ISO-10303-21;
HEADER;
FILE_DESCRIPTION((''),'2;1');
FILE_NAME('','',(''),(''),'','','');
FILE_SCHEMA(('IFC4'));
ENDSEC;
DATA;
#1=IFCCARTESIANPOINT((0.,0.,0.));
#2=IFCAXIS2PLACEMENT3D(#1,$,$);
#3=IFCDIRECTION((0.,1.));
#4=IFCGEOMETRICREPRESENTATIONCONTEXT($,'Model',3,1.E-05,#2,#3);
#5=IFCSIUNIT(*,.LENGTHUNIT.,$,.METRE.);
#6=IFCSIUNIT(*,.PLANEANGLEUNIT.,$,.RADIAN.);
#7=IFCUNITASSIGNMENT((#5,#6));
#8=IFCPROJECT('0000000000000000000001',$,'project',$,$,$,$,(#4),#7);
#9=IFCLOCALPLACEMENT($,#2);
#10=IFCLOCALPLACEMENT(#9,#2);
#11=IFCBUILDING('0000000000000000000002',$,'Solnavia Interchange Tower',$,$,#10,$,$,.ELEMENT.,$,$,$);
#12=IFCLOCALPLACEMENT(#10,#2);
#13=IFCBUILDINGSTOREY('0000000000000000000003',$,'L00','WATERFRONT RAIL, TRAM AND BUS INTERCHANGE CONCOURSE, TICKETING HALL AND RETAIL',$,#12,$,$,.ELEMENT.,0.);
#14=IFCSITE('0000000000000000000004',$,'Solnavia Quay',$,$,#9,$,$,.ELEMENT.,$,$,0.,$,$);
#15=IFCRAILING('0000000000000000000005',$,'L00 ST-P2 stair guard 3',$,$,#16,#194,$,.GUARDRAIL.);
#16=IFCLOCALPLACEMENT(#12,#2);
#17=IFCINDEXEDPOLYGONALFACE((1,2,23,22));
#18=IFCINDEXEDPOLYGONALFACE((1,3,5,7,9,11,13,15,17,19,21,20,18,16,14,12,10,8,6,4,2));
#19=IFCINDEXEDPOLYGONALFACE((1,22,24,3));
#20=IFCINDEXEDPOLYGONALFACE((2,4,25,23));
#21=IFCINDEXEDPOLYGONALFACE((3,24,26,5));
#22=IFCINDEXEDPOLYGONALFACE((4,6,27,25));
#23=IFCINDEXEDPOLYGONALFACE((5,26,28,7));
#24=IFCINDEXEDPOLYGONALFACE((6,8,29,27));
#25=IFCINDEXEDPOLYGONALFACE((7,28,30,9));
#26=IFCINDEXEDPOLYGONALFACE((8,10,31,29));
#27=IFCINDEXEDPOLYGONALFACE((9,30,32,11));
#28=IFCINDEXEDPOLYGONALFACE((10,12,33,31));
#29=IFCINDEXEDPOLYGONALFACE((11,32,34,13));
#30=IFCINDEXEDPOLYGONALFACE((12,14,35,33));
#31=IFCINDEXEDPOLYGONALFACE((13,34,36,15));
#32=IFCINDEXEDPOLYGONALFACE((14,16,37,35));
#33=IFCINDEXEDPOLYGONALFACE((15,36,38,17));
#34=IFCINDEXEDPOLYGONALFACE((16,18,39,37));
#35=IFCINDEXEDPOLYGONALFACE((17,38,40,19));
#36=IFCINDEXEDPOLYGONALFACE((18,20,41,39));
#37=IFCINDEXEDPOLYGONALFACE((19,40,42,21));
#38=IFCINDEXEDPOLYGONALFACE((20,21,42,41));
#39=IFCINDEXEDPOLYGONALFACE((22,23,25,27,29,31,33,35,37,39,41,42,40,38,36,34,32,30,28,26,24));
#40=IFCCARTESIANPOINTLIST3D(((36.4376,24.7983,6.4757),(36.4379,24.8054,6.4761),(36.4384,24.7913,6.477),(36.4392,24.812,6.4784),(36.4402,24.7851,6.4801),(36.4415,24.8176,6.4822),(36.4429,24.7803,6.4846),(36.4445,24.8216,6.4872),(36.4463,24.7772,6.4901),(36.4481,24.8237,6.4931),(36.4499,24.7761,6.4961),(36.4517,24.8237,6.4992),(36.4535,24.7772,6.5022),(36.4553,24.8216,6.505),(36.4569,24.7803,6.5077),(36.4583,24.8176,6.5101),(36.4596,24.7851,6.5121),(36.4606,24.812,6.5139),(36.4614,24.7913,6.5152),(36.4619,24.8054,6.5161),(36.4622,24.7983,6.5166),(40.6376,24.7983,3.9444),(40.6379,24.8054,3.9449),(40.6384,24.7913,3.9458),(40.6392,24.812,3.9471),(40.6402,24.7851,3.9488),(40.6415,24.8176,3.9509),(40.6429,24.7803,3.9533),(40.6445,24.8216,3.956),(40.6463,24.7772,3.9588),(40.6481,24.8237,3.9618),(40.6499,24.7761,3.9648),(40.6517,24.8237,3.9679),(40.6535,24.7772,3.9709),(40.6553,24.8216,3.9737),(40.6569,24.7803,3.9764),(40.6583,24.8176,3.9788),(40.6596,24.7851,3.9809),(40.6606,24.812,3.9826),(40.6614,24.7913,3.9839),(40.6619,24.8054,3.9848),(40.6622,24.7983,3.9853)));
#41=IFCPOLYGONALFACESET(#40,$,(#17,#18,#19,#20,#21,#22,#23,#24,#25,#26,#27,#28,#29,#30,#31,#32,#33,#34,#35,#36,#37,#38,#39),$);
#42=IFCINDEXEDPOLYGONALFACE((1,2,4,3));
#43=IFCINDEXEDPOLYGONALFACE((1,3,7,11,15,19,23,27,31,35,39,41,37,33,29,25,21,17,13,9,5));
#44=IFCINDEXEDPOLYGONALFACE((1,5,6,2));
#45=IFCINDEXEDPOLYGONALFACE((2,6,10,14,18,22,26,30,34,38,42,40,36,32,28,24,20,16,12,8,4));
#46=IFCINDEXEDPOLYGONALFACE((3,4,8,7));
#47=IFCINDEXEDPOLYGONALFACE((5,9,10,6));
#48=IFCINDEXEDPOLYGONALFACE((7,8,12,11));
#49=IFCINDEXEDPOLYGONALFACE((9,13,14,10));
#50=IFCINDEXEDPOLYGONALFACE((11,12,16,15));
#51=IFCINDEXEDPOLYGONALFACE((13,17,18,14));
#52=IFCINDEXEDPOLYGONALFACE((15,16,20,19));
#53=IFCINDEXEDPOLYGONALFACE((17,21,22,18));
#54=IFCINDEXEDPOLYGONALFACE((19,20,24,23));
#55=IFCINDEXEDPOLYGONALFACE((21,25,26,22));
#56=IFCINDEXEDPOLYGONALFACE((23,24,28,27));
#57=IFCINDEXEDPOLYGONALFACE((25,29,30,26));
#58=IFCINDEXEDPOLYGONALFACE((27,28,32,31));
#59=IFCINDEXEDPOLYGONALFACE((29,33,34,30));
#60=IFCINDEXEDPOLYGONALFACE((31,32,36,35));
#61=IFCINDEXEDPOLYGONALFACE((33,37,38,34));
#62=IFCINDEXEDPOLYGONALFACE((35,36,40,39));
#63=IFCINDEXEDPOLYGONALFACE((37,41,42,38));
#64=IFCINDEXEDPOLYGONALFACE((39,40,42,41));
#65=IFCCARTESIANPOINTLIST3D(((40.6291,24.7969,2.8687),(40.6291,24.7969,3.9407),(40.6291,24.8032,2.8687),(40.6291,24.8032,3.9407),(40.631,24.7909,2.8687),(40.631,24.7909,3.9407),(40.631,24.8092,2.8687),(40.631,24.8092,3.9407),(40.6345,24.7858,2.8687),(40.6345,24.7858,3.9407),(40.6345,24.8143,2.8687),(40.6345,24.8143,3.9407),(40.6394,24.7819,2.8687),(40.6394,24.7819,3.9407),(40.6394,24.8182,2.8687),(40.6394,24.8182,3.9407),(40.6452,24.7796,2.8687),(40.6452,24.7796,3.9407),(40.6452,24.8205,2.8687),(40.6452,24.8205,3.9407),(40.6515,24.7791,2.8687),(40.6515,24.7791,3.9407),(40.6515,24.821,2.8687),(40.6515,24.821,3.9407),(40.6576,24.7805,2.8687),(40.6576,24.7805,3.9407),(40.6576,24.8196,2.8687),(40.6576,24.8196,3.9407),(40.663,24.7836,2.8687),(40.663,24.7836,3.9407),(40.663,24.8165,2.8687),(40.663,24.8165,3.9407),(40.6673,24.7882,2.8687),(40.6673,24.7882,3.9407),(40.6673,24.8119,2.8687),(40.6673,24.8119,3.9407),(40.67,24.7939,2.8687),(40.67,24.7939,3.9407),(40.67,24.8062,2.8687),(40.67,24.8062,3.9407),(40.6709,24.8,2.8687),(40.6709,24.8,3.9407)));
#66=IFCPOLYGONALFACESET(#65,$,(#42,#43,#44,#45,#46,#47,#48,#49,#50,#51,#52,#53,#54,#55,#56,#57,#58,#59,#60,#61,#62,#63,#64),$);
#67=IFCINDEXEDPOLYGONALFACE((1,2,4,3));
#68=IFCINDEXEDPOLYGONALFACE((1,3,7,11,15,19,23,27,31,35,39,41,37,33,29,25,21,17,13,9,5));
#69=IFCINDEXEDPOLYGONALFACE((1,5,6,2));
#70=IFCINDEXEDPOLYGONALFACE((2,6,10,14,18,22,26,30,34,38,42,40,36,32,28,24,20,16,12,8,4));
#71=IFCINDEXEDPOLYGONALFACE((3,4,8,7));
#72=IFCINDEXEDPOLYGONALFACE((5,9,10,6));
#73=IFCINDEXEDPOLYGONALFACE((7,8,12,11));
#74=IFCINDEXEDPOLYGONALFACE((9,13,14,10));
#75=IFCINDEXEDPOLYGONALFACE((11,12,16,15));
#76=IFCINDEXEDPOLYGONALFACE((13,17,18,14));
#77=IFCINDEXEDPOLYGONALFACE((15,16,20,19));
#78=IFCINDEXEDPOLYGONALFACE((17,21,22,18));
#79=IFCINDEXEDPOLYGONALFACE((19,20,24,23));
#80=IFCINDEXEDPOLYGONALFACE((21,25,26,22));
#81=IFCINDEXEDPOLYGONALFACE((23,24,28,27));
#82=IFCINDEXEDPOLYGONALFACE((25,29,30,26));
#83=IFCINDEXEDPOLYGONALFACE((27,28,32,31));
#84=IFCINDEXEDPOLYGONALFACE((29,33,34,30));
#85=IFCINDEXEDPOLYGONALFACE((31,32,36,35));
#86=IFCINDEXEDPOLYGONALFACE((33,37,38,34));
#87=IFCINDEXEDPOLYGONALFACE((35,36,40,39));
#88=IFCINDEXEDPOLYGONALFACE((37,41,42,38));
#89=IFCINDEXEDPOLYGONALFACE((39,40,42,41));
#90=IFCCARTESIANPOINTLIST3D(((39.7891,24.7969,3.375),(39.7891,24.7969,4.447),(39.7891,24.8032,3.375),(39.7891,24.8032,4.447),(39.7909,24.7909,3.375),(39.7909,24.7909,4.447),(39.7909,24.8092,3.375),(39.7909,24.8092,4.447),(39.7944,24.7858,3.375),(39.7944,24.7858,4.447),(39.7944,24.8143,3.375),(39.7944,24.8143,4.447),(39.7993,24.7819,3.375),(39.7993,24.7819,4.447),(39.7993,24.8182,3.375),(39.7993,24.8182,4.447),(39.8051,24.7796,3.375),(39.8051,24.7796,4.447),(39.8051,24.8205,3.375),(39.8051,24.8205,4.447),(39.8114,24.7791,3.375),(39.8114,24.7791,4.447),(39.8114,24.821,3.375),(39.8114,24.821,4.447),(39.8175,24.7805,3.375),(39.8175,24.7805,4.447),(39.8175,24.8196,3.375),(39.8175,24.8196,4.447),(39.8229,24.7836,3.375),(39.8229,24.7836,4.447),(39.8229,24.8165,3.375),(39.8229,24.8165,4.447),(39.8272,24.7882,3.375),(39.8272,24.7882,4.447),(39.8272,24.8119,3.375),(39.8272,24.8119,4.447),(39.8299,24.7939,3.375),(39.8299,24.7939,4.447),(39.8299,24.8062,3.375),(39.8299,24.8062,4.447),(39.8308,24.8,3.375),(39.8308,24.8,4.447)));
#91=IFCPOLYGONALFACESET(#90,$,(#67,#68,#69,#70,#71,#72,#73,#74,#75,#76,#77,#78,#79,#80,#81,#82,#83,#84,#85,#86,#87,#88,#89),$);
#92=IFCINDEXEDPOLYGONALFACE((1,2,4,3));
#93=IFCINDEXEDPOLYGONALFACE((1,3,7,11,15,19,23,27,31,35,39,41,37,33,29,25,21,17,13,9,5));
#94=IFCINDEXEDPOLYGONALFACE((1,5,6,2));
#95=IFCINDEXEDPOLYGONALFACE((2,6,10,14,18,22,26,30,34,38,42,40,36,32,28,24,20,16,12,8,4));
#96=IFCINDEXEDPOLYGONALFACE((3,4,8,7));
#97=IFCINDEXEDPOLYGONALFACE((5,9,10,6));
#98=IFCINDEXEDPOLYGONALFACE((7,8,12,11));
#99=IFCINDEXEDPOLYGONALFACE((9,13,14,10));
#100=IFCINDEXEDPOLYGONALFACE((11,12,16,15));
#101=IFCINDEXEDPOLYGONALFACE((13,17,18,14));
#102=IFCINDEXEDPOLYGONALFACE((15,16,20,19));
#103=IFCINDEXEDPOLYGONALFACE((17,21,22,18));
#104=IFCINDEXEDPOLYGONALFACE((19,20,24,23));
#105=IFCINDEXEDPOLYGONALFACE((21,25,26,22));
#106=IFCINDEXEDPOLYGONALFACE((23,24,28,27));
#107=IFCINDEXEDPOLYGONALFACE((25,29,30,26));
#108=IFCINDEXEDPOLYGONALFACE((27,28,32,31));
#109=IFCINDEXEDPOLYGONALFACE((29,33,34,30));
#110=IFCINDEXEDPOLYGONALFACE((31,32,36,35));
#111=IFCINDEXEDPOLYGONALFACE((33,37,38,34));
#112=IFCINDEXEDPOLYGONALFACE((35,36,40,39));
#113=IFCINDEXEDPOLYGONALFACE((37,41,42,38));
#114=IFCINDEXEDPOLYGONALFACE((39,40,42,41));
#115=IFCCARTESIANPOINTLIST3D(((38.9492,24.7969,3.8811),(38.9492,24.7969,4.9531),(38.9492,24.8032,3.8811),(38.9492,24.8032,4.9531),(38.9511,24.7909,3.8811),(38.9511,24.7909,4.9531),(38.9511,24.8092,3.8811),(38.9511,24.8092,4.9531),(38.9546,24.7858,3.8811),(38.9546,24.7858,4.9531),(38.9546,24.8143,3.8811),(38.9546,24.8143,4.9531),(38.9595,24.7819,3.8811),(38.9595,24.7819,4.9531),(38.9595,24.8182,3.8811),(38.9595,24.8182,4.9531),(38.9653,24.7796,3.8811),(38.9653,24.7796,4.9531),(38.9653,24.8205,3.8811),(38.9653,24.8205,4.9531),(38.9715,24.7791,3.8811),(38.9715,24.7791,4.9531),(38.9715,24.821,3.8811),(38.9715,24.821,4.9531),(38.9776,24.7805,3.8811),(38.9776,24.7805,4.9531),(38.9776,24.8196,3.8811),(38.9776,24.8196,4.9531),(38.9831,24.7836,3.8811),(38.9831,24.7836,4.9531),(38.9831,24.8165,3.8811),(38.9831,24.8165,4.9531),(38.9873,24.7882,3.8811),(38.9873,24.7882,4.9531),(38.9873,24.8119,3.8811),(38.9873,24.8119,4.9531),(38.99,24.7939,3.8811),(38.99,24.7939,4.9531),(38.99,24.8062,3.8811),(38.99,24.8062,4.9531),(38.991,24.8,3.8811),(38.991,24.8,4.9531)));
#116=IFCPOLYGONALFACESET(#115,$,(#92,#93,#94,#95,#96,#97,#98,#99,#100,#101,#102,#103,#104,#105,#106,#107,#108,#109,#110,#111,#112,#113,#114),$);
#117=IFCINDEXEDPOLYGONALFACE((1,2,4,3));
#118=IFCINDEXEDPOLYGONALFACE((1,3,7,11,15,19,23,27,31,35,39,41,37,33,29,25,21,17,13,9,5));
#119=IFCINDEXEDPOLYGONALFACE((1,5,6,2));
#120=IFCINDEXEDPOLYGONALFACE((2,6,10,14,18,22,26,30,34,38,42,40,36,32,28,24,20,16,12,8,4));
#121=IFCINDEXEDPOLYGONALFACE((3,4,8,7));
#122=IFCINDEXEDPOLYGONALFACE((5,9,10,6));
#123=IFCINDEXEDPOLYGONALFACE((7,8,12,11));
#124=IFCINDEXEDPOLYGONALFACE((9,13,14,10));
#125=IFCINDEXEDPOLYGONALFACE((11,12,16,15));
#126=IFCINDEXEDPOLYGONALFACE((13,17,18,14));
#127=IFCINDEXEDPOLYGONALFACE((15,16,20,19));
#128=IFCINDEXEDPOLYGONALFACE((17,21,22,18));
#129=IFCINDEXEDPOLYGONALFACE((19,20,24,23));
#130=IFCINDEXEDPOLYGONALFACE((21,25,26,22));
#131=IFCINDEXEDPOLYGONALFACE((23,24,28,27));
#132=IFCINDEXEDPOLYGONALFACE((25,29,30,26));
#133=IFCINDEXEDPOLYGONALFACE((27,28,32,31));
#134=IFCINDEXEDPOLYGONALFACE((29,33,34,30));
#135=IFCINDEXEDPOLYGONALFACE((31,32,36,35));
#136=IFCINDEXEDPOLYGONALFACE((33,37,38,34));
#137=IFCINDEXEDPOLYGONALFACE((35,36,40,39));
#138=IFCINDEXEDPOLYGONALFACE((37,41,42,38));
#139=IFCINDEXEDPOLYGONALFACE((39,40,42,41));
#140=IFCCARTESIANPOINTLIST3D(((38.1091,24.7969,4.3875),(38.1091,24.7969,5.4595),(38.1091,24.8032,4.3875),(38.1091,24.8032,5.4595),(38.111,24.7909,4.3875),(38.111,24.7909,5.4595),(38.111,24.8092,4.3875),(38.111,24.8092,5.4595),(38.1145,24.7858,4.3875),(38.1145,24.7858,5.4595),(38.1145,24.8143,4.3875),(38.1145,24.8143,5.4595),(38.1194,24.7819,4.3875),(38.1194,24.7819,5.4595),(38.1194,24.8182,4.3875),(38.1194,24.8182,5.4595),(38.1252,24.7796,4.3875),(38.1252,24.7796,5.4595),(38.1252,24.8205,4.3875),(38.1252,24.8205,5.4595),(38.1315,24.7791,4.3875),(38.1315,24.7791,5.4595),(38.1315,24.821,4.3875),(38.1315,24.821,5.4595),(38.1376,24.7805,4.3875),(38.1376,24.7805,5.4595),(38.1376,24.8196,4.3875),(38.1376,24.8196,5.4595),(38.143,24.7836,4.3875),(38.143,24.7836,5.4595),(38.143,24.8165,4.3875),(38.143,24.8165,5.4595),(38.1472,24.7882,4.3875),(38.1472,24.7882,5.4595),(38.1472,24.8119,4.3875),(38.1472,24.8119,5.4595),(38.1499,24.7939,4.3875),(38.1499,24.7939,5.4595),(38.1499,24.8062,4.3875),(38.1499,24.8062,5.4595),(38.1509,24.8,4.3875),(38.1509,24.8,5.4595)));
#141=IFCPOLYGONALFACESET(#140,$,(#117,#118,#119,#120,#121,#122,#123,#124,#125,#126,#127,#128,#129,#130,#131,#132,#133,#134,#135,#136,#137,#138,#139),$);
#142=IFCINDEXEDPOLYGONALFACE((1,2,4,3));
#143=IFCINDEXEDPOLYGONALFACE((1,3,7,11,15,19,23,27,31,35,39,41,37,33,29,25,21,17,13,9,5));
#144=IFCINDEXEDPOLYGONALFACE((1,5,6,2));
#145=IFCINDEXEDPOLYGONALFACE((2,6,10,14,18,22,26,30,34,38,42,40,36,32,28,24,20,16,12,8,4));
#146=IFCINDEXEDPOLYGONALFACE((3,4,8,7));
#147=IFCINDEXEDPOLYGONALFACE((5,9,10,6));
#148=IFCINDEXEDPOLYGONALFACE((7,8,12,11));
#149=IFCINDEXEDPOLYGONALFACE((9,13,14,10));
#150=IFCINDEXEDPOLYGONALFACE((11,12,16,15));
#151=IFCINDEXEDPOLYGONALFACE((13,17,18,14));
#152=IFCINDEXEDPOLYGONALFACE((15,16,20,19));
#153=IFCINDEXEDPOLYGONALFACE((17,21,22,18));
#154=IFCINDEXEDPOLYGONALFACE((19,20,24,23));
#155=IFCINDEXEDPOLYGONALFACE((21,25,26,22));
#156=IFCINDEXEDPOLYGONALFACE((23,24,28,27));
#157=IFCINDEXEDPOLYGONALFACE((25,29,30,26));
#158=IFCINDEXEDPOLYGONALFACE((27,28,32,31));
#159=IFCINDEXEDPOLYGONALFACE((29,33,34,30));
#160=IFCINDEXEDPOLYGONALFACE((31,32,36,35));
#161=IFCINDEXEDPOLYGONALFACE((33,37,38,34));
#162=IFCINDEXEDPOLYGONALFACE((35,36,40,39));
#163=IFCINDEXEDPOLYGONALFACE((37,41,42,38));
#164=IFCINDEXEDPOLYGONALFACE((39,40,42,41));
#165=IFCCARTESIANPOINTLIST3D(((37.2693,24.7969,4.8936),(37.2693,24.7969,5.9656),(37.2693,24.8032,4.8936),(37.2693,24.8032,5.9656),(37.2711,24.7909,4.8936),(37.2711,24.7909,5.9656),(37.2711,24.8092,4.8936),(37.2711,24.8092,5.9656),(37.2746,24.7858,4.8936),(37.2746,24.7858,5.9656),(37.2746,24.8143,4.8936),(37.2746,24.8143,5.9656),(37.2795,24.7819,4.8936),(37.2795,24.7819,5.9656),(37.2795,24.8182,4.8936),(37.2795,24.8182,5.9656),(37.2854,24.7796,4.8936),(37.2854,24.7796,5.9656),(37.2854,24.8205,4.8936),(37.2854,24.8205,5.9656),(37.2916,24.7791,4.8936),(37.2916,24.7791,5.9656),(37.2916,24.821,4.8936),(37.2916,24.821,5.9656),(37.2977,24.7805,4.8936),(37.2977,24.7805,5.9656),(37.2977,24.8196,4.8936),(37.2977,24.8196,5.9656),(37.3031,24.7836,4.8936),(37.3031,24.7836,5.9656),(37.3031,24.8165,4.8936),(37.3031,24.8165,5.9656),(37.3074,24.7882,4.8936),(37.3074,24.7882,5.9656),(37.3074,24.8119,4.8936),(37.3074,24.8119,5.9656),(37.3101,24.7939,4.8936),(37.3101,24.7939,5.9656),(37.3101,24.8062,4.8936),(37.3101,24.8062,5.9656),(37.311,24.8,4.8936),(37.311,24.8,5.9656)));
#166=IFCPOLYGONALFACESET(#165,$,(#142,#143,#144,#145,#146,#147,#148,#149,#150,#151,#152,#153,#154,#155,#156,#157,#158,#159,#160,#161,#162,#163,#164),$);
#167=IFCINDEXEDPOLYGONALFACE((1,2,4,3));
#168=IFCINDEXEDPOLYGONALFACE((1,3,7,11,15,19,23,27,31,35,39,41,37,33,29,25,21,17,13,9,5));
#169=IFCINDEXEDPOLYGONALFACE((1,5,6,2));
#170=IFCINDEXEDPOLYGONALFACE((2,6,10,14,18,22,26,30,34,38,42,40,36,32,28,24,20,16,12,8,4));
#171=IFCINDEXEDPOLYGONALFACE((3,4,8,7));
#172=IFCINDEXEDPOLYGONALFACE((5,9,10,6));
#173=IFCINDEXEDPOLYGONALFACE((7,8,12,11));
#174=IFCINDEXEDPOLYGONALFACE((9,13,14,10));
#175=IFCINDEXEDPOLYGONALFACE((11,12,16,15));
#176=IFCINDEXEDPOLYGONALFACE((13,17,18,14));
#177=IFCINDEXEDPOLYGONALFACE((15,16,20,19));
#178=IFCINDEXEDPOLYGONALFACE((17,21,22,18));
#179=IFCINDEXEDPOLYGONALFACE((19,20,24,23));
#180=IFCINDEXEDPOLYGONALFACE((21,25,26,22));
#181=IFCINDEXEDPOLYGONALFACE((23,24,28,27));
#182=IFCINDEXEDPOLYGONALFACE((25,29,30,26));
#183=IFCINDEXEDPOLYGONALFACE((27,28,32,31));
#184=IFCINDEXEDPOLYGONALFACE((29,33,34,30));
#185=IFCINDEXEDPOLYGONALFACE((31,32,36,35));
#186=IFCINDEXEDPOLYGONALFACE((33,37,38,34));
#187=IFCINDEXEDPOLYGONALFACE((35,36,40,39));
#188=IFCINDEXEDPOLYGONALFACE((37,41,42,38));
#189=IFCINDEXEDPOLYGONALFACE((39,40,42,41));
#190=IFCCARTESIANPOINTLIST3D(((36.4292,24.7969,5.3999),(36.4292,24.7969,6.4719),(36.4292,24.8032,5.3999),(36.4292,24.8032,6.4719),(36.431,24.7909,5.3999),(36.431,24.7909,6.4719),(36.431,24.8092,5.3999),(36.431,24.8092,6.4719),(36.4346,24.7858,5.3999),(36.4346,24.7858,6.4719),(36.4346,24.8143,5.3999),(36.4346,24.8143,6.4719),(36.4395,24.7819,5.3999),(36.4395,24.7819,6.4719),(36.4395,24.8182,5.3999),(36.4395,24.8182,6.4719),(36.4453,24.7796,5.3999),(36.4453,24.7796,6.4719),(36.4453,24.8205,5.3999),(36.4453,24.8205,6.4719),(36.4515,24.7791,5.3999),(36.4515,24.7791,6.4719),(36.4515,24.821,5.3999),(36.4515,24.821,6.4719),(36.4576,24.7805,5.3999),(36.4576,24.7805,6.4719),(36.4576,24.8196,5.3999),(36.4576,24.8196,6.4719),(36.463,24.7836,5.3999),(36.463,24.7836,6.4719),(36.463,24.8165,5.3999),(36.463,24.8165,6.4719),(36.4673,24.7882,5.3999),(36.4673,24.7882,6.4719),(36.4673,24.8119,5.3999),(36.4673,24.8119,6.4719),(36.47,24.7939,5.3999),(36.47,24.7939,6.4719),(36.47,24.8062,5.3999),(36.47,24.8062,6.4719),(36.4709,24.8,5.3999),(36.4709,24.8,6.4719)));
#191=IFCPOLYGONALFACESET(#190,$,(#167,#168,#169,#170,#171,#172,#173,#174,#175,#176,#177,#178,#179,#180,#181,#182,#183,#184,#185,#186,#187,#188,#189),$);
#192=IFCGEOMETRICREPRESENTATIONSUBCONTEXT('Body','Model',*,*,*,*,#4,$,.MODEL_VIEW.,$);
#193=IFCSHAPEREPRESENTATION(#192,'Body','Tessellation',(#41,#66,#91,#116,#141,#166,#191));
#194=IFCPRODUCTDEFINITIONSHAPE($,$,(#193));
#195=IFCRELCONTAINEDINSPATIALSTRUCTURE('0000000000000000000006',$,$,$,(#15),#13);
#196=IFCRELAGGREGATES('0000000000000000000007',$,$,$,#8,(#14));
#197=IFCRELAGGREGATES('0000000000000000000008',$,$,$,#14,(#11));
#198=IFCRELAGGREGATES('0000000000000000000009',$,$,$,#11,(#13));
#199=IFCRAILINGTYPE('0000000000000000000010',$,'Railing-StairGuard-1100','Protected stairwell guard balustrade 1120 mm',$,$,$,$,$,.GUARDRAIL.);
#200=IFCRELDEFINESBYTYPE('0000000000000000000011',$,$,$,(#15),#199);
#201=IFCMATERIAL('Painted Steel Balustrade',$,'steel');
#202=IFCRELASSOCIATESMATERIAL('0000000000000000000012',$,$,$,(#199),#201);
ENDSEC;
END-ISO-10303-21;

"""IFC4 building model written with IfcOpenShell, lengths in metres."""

from ifc_helpers import new_model, si_unit, direction, frame, origin, origin_2d, place, context, subcontext, project, spatial, circle, extrude, material, type_object, element, save


model = new_model("IFC4")

# Units and contexts
model_context = context("Model", 3, precision=1e-05, world=origin(), true_north=direction((0.0, 1.0)))
body_context = subcontext(model_context, "Body", "Model", "MODEL_VIEW")
ifc_project = project(units=[si_unit("LENGTHUNIT", "METRE"), si_unit("PLANEANGLEUNIT", "RADIAN")], contexts=[model_context])

# Site, building, storey
site_placement = place(None, origin())
site = spatial("IfcSite", under=ifc_project, at=site_placement, Name="Solnavia Quay", CompositionType="ELEMENT", RefElevation=0.0)
building_placement = place(site_placement, origin())
building = spatial("IfcBuilding", under=site, at=building_placement, Name="Solnavia Interchange Tower", CompositionType="ELEMENT")
storey_placement = place(building_placement, origin())
storey = spatial("IfcBuildingStorey", under=building, at=storey_placement, Name="L00", Description="WATERFRONT RAIL, TRAM AND BUS INTERCHANGE CONCOURSE, TICKETING HALL AND RETAIL", CompositionType="ELEMENT", Elevation=0.0)

# Railing
ifc_material_1 = material(Name="Painted Steel Balustrade", Category="steel")
railing_type_1 = type_object("IfcRailingType", Name="Railing-StairGuard-1100", Description="Protected stairwell guard balustrade 1120 mm", PredefinedType="GUARDRAIL", material=ifc_material_1)
railing_1_placement = place(storey_placement, frame((40.6499, 24.8, 2.8687)))
element("IfcRailing", 1, at=railing_1_placement, inside=storey, type_object=railing_type_1, Name="L00 ST-P2 stair guard 3", PredefinedType="GUARDRAIL", context=body_context, shape_type="SweptSolid", body=[
    extrude(circle(Radius=0.0239, at=origin_2d()), frame((0.0, 0.0, 1.0962), z_axis=(-0.856476, 0.0, 0.516186), x_axis=(0.0, -1.0, 0.0)), (0.0, 0.0, 1.0), 4.9038),
    extrude(circle(Radius=0.021, at=origin_2d()), origin(), (0.0, 0.0, 1.0), 1.072),
    extrude(circle(Radius=0.021, at=origin_2d()), frame((-0.8401, 0.0, 0.5063)), (0.0, 0.0, 1.0), 1.072),
    extrude(circle(Radius=0.021, at=origin_2d()), frame((-1.6799, 0.0, 1.0125)), (0.0, 0.0, 1.0), 1.072),
    extrude(circle(Radius=0.021, at=origin_2d()), frame((-2.52, 0.0, 1.5188)), (0.0, 0.0, 1.0), 1.072),
    extrude(circle(Radius=0.021, at=origin_2d()), frame((-3.3599, 0.0, 2.0249)), (0.0, 0.0, 1.0), 1.072),
    extrude(circle(Radius=0.021, at=origin_2d()), frame((-4.2, 0.0, 2.5312)), (0.0, 0.0, 1.0), 1.072),
])

save(model, "model.ifc")
